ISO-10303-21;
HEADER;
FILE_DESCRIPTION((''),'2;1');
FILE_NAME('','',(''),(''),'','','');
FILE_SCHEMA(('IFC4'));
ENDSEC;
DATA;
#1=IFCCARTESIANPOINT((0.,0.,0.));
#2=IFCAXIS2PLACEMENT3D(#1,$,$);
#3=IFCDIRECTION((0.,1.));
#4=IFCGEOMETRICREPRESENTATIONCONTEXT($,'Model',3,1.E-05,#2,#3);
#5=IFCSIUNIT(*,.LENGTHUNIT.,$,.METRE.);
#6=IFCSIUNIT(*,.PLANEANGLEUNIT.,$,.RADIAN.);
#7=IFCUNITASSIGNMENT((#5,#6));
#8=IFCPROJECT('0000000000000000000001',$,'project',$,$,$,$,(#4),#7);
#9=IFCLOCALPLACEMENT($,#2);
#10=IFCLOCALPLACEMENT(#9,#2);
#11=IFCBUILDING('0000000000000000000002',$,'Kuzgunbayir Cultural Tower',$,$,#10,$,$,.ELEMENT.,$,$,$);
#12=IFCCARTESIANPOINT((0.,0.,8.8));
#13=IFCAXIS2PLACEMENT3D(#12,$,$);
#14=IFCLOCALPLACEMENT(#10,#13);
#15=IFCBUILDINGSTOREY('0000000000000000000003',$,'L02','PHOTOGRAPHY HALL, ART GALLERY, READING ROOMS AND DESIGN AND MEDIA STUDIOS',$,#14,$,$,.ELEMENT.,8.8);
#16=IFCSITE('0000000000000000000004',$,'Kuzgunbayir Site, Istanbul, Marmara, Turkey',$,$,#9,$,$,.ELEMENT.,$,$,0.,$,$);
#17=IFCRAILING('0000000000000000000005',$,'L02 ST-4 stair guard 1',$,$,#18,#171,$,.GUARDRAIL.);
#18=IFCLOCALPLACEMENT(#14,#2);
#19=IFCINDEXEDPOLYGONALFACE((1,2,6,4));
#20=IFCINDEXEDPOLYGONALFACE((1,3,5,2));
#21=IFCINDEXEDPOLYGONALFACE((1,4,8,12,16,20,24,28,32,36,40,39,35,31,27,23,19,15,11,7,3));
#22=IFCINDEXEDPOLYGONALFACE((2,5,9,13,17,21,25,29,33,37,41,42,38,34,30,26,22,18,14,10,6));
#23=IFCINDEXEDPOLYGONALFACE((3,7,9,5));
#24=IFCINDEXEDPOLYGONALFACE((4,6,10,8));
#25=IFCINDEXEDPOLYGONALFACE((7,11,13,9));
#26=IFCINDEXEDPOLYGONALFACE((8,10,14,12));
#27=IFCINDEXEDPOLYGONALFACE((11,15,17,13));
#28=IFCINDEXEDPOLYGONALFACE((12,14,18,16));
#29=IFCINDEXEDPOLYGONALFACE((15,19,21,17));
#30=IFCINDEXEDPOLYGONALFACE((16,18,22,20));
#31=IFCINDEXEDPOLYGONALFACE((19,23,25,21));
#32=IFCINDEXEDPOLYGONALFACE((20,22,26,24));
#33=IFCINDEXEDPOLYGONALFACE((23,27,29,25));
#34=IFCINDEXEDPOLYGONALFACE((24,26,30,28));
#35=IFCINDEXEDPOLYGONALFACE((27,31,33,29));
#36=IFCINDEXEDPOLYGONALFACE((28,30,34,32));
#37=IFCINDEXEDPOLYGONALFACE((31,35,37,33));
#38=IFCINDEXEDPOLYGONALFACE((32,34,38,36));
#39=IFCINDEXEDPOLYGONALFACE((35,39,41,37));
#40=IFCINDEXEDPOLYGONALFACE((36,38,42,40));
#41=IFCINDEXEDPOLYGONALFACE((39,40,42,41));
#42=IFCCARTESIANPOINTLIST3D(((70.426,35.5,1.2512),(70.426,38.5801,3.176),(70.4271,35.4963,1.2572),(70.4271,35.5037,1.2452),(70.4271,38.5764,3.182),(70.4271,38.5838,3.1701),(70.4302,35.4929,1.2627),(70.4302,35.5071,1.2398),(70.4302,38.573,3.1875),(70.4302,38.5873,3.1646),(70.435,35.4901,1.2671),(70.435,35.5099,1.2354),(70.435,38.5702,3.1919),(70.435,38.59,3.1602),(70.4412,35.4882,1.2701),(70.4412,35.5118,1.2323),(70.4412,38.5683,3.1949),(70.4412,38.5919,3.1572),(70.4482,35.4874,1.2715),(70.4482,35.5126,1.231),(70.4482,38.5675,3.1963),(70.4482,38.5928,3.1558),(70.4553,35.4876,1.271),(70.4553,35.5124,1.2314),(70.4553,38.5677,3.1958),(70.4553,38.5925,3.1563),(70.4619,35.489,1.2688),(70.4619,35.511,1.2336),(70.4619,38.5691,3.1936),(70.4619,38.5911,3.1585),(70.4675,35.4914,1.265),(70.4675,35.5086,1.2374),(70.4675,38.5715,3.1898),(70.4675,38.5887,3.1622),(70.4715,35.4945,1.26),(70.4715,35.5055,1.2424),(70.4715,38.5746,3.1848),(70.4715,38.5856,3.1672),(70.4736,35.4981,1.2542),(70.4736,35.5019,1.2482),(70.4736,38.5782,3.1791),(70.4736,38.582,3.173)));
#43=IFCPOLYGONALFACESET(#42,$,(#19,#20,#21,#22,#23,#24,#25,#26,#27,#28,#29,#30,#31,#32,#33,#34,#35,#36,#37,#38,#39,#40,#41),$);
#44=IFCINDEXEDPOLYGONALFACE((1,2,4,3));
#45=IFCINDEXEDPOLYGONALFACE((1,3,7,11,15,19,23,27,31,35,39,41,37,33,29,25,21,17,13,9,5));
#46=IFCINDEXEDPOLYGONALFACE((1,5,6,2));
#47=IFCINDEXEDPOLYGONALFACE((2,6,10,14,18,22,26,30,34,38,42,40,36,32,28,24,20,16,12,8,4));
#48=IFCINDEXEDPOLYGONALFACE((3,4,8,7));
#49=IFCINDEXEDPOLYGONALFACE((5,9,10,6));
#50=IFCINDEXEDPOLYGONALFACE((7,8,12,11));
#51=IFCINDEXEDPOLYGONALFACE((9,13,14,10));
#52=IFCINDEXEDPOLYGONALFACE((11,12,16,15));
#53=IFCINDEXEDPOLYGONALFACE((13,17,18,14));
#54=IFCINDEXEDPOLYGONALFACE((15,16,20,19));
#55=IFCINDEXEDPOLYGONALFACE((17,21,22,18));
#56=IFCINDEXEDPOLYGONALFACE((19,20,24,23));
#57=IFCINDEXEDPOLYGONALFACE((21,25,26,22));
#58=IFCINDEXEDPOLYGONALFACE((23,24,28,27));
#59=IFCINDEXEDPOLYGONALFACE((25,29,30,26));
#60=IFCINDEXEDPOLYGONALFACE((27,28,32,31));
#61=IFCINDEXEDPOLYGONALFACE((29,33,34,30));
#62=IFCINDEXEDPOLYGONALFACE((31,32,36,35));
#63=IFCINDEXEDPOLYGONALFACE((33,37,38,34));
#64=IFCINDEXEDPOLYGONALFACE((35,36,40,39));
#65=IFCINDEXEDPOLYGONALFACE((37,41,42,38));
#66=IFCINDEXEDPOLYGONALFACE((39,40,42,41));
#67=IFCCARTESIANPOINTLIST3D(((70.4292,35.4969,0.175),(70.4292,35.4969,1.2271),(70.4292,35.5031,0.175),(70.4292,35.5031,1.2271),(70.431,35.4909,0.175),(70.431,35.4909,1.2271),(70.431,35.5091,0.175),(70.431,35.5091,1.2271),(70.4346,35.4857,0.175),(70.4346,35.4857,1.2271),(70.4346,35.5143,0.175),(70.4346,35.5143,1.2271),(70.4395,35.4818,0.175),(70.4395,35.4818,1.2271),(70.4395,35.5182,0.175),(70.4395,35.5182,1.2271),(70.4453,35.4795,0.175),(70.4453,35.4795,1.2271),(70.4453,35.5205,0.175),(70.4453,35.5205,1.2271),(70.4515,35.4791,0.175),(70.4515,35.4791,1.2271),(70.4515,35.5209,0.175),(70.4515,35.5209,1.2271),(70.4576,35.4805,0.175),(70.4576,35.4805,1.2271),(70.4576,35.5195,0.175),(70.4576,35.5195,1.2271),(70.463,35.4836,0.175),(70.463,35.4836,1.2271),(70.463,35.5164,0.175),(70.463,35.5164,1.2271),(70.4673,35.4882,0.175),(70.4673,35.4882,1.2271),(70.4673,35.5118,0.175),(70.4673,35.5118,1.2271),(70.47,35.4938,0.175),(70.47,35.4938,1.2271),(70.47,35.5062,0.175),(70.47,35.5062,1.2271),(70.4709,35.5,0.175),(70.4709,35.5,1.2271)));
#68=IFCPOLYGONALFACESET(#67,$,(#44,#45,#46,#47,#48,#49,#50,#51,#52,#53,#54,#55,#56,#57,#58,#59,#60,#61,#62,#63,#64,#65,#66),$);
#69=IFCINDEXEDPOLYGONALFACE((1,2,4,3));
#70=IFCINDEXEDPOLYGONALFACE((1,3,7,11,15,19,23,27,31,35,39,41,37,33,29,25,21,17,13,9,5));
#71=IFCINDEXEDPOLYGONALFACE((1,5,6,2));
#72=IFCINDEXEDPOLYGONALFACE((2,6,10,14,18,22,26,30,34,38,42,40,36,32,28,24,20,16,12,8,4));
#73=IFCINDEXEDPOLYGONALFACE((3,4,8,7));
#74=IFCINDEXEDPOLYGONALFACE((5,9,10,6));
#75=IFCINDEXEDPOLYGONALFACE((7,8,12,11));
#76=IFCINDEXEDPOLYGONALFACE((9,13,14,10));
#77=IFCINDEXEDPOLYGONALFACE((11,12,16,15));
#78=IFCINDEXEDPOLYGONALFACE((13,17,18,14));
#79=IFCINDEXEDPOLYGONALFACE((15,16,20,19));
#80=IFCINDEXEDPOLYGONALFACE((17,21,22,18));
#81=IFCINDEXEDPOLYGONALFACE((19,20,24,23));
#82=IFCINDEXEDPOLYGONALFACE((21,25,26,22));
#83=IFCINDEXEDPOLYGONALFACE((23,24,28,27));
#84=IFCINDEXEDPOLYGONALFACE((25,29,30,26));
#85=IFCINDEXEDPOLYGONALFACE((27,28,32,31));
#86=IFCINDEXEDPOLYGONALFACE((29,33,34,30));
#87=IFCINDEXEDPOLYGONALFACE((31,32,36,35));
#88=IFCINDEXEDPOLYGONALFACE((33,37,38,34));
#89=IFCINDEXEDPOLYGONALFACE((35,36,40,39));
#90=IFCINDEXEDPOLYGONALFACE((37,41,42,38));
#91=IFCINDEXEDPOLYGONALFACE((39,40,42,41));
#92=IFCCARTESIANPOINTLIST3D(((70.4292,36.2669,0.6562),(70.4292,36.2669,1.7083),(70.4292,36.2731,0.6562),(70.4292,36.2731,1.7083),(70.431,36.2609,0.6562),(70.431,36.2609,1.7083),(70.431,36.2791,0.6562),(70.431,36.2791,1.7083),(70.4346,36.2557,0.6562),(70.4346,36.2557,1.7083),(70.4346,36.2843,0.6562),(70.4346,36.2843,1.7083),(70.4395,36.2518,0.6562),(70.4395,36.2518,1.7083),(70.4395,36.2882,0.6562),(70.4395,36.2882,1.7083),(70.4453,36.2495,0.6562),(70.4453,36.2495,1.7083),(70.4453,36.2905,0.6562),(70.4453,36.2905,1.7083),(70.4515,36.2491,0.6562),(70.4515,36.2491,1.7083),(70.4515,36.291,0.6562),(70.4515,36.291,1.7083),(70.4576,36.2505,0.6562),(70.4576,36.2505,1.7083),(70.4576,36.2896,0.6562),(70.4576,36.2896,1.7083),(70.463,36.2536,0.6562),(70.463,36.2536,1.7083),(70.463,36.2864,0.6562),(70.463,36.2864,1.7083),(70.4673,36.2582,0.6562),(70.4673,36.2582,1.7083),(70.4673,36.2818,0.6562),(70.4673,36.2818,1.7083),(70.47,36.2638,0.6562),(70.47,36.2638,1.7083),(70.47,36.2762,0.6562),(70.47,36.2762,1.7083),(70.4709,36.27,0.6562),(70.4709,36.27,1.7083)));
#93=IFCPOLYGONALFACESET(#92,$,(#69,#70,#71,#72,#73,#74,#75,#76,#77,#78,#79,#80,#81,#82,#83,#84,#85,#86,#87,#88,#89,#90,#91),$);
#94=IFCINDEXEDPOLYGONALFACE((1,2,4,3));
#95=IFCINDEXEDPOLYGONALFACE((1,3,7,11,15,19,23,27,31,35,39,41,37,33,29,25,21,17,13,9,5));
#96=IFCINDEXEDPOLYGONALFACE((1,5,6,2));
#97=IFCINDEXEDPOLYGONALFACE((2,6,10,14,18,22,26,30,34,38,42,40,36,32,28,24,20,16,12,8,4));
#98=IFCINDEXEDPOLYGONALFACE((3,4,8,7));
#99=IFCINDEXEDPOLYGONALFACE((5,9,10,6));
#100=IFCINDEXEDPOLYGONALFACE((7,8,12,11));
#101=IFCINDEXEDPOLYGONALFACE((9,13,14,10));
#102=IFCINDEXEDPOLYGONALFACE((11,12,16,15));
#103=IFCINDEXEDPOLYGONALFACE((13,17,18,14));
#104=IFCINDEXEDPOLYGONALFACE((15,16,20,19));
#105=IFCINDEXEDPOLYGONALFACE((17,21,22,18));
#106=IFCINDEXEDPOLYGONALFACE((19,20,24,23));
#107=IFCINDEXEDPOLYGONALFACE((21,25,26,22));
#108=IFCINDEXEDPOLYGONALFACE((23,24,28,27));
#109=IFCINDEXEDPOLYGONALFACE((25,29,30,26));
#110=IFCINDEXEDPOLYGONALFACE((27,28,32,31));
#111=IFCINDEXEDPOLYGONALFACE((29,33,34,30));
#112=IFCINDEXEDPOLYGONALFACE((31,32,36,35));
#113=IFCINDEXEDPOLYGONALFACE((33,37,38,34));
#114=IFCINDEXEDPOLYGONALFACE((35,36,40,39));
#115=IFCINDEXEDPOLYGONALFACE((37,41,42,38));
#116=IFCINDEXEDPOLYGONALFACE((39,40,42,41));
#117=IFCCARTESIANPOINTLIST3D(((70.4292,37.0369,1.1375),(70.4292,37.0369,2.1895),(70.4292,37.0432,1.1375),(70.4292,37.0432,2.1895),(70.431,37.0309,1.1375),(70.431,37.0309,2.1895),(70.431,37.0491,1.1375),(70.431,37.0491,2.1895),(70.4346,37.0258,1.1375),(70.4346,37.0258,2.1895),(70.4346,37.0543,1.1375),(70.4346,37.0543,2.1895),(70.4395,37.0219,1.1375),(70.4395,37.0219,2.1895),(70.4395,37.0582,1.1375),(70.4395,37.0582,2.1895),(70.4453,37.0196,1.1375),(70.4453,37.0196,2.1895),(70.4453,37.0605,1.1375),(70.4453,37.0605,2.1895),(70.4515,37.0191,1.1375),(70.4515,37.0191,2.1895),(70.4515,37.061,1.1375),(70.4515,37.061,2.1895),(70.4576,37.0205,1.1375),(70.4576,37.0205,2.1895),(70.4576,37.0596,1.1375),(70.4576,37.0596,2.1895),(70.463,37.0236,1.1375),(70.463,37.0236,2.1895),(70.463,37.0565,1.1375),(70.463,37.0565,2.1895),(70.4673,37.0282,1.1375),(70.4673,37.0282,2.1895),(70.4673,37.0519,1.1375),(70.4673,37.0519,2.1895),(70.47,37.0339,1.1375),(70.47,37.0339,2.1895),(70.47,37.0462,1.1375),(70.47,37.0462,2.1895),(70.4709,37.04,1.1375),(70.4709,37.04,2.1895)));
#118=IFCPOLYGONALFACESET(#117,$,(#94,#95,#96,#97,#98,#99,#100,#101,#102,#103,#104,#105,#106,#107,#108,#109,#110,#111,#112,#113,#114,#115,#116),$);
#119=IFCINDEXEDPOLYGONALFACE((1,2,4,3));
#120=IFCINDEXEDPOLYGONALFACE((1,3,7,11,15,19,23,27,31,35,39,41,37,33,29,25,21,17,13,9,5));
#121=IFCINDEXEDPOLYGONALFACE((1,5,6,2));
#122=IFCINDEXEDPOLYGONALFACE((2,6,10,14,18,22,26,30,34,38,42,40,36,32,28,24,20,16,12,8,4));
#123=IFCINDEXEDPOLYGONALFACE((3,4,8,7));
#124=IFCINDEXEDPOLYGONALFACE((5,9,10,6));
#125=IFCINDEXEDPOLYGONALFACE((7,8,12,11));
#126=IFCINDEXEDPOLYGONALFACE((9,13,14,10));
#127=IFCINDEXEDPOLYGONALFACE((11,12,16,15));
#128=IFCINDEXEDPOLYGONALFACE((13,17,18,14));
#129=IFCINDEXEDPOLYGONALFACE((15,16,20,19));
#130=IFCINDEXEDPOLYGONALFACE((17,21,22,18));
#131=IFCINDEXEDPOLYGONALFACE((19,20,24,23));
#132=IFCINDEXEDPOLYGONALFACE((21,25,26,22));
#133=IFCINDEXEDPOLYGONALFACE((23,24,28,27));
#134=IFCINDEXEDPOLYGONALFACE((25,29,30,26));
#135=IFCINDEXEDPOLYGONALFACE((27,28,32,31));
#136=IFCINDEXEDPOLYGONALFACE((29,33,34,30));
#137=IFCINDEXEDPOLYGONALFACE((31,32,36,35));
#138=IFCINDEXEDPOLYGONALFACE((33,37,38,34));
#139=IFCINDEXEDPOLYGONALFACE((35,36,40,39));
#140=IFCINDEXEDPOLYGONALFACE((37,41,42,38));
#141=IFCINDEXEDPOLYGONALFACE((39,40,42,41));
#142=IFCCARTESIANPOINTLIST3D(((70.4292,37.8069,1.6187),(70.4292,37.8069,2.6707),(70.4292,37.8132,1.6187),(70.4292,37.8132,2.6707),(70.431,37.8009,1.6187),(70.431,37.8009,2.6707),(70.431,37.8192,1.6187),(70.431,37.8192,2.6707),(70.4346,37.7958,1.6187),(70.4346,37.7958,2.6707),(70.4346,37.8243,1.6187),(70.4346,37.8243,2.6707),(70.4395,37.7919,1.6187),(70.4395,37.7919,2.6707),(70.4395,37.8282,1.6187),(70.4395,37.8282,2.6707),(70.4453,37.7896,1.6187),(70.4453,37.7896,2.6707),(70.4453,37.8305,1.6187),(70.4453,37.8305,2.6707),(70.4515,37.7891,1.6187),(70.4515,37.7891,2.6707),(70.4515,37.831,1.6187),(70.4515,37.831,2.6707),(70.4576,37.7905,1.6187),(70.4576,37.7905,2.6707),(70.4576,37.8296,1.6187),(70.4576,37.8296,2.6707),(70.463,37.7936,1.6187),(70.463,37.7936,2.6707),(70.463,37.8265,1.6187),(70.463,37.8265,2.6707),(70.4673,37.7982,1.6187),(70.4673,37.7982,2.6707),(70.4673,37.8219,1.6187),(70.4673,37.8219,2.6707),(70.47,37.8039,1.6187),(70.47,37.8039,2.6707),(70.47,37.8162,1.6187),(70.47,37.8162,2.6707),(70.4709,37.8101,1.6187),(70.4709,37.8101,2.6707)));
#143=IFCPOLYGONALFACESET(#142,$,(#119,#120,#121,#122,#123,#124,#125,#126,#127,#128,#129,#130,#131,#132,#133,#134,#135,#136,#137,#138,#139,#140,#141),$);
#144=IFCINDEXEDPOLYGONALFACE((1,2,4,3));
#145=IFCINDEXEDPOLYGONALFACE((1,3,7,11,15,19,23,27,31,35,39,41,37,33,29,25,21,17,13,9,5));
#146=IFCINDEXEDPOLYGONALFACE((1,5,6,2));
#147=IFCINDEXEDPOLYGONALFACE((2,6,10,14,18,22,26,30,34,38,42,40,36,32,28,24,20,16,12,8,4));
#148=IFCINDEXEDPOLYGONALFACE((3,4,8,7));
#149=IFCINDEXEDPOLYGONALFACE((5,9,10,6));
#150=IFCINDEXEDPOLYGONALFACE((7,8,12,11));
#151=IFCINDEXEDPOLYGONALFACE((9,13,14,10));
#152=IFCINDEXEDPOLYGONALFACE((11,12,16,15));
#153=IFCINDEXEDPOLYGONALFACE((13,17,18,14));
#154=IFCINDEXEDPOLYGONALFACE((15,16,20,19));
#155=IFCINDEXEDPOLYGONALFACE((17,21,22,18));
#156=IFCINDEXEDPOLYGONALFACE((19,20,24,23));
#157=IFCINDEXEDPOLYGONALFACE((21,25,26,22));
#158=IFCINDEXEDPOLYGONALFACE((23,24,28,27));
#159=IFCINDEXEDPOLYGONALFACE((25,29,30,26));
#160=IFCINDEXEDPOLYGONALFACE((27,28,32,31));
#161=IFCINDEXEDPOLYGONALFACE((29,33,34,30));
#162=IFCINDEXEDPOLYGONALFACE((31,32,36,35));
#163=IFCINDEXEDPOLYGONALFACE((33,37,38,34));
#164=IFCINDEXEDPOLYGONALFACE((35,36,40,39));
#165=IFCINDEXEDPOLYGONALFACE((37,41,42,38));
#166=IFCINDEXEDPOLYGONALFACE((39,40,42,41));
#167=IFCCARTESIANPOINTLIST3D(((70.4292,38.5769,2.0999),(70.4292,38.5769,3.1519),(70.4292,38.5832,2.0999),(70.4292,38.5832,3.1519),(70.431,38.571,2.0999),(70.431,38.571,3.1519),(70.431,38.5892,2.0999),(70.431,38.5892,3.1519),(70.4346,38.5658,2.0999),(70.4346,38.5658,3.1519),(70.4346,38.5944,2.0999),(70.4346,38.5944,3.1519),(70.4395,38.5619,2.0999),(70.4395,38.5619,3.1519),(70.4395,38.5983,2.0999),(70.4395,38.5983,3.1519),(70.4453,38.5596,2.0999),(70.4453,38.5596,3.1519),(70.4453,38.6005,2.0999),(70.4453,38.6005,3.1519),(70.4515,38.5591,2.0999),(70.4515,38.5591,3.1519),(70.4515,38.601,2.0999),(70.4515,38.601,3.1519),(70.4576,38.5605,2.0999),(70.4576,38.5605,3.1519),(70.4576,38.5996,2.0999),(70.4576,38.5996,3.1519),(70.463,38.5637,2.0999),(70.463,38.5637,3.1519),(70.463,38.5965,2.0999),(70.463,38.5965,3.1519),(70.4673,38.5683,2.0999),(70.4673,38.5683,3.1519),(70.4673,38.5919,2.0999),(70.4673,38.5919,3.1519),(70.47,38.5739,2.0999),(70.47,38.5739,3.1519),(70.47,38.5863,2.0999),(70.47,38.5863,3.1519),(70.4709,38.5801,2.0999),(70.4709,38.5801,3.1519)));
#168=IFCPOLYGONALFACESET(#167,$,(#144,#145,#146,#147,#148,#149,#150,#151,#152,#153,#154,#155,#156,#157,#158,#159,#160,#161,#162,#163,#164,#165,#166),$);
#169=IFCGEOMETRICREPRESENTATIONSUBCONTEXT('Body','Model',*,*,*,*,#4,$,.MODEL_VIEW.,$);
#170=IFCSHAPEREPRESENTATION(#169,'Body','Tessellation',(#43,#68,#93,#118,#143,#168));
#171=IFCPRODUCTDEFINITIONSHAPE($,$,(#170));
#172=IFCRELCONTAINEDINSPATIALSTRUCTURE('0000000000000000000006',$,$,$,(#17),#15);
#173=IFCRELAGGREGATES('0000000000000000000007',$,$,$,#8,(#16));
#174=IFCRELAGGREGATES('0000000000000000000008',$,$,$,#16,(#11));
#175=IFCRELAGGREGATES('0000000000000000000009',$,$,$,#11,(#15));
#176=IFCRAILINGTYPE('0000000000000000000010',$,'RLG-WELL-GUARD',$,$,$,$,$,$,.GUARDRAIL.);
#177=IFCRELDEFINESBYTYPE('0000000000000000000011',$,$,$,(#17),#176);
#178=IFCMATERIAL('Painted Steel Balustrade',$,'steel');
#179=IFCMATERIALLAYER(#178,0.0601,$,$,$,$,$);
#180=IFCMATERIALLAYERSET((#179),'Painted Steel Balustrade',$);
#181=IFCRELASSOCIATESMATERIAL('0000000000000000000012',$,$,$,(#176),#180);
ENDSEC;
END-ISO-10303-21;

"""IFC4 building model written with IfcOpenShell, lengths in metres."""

from ifc_helpers import new_model, si_unit, direction, frame, origin, origin_2d, place, context, subcontext, project, spatial, circle, extrude, material, layer, layer_set, type_object, element, save


model = new_model("IFC4")

# Units and contexts
model_context = context("Model", 3, precision=1e-05, world=origin(), true_north=direction((0.0, 1.0)))
body_context = subcontext(model_context, "Body", "Model", "MODEL_VIEW")
ifc_project = project(units=[si_unit("LENGTHUNIT", "METRE"), si_unit("PLANEANGLEUNIT", "RADIAN")], contexts=[model_context])

# Site, building, storey
site_placement = place(None, origin())
site = spatial("IfcSite", under=ifc_project, at=site_placement, Name="Kuzgunbayir Site, Istanbul, Marmara, Turkey", CompositionType="ELEMENT", RefElevation=0.0)
building_placement = place(site_placement, origin())
building = spatial("IfcBuilding", under=site, at=building_placement, Name="Kuzgunbayir Cultural Tower", CompositionType="ELEMENT")
storey_placement = place(building_placement, frame((0.0, 0.0, 8.8)))
storey = spatial("IfcBuildingStorey", under=building, at=storey_placement, Name="L02", Description="PHOTOGRAPHY HALL, ART GALLERY, READING ROOMS AND DESIGN AND MEDIA STUDIOS", CompositionType="ELEMENT", Elevation=8.8)

# Railing
ifc_material_1 = material(Name="Painted Steel Balustrade", Category="steel")
ifc_layer_1 = layer(ifc_material_1, 0.0601)
ifc_layer_set_1 = layer_set([ifc_layer_1], Name="Painted Steel Balustrade")
railing_type_1 = type_object("IfcRailingType", Name="RLG-WELL-GUARD", PredefinedType="GUARDRAIL", material=ifc_layer_set_1)
railing_1_placement = place(storey_placement, frame((70.45, 35.5, 0.175)))
element("IfcRailing", 1, at=railing_1_placement, inside=storey, type_object=railing_type_1, Name="L02 ST-4 stair guard 1", PredefinedType="GUARDRAIL", context=body_context, shape_type="SweptSolid", body=[
    extrude(circle(Radius=0.0239, at=origin_2d()), frame((0.0, 0.0, 1.0762), z_axis=(0.0, 0.848029, 0.529951), x_axis=(-1.0, 0.0, 0.0)), (0.0, 0.0, 1.0), 3.6321),
    extrude(circle(Radius=0.021, at=origin_2d()), origin(), (0.0, 0.0, 1.0), 1.052),
    extrude(circle(Radius=0.021, at=origin_2d()), frame((0.0, 0.77, 0.4812)), (0.0, 0.0, 1.0), 1.052),
    extrude(circle(Radius=0.021, at=origin_2d()), frame((0.0, 1.54, 0.9624)), (0.0, 0.0, 1.0), 1.052),
    extrude(circle(Radius=0.021, at=origin_2d()), frame((0.0, 2.3101, 1.4436)), (0.0, 0.0, 1.0), 1.052),
    extrude(circle(Radius=0.021, at=origin_2d()), frame((0.0, 3.0801, 1.9248)), (0.0, 0.0, 1.0), 1.052),
])

save(model, "model.ifc")
